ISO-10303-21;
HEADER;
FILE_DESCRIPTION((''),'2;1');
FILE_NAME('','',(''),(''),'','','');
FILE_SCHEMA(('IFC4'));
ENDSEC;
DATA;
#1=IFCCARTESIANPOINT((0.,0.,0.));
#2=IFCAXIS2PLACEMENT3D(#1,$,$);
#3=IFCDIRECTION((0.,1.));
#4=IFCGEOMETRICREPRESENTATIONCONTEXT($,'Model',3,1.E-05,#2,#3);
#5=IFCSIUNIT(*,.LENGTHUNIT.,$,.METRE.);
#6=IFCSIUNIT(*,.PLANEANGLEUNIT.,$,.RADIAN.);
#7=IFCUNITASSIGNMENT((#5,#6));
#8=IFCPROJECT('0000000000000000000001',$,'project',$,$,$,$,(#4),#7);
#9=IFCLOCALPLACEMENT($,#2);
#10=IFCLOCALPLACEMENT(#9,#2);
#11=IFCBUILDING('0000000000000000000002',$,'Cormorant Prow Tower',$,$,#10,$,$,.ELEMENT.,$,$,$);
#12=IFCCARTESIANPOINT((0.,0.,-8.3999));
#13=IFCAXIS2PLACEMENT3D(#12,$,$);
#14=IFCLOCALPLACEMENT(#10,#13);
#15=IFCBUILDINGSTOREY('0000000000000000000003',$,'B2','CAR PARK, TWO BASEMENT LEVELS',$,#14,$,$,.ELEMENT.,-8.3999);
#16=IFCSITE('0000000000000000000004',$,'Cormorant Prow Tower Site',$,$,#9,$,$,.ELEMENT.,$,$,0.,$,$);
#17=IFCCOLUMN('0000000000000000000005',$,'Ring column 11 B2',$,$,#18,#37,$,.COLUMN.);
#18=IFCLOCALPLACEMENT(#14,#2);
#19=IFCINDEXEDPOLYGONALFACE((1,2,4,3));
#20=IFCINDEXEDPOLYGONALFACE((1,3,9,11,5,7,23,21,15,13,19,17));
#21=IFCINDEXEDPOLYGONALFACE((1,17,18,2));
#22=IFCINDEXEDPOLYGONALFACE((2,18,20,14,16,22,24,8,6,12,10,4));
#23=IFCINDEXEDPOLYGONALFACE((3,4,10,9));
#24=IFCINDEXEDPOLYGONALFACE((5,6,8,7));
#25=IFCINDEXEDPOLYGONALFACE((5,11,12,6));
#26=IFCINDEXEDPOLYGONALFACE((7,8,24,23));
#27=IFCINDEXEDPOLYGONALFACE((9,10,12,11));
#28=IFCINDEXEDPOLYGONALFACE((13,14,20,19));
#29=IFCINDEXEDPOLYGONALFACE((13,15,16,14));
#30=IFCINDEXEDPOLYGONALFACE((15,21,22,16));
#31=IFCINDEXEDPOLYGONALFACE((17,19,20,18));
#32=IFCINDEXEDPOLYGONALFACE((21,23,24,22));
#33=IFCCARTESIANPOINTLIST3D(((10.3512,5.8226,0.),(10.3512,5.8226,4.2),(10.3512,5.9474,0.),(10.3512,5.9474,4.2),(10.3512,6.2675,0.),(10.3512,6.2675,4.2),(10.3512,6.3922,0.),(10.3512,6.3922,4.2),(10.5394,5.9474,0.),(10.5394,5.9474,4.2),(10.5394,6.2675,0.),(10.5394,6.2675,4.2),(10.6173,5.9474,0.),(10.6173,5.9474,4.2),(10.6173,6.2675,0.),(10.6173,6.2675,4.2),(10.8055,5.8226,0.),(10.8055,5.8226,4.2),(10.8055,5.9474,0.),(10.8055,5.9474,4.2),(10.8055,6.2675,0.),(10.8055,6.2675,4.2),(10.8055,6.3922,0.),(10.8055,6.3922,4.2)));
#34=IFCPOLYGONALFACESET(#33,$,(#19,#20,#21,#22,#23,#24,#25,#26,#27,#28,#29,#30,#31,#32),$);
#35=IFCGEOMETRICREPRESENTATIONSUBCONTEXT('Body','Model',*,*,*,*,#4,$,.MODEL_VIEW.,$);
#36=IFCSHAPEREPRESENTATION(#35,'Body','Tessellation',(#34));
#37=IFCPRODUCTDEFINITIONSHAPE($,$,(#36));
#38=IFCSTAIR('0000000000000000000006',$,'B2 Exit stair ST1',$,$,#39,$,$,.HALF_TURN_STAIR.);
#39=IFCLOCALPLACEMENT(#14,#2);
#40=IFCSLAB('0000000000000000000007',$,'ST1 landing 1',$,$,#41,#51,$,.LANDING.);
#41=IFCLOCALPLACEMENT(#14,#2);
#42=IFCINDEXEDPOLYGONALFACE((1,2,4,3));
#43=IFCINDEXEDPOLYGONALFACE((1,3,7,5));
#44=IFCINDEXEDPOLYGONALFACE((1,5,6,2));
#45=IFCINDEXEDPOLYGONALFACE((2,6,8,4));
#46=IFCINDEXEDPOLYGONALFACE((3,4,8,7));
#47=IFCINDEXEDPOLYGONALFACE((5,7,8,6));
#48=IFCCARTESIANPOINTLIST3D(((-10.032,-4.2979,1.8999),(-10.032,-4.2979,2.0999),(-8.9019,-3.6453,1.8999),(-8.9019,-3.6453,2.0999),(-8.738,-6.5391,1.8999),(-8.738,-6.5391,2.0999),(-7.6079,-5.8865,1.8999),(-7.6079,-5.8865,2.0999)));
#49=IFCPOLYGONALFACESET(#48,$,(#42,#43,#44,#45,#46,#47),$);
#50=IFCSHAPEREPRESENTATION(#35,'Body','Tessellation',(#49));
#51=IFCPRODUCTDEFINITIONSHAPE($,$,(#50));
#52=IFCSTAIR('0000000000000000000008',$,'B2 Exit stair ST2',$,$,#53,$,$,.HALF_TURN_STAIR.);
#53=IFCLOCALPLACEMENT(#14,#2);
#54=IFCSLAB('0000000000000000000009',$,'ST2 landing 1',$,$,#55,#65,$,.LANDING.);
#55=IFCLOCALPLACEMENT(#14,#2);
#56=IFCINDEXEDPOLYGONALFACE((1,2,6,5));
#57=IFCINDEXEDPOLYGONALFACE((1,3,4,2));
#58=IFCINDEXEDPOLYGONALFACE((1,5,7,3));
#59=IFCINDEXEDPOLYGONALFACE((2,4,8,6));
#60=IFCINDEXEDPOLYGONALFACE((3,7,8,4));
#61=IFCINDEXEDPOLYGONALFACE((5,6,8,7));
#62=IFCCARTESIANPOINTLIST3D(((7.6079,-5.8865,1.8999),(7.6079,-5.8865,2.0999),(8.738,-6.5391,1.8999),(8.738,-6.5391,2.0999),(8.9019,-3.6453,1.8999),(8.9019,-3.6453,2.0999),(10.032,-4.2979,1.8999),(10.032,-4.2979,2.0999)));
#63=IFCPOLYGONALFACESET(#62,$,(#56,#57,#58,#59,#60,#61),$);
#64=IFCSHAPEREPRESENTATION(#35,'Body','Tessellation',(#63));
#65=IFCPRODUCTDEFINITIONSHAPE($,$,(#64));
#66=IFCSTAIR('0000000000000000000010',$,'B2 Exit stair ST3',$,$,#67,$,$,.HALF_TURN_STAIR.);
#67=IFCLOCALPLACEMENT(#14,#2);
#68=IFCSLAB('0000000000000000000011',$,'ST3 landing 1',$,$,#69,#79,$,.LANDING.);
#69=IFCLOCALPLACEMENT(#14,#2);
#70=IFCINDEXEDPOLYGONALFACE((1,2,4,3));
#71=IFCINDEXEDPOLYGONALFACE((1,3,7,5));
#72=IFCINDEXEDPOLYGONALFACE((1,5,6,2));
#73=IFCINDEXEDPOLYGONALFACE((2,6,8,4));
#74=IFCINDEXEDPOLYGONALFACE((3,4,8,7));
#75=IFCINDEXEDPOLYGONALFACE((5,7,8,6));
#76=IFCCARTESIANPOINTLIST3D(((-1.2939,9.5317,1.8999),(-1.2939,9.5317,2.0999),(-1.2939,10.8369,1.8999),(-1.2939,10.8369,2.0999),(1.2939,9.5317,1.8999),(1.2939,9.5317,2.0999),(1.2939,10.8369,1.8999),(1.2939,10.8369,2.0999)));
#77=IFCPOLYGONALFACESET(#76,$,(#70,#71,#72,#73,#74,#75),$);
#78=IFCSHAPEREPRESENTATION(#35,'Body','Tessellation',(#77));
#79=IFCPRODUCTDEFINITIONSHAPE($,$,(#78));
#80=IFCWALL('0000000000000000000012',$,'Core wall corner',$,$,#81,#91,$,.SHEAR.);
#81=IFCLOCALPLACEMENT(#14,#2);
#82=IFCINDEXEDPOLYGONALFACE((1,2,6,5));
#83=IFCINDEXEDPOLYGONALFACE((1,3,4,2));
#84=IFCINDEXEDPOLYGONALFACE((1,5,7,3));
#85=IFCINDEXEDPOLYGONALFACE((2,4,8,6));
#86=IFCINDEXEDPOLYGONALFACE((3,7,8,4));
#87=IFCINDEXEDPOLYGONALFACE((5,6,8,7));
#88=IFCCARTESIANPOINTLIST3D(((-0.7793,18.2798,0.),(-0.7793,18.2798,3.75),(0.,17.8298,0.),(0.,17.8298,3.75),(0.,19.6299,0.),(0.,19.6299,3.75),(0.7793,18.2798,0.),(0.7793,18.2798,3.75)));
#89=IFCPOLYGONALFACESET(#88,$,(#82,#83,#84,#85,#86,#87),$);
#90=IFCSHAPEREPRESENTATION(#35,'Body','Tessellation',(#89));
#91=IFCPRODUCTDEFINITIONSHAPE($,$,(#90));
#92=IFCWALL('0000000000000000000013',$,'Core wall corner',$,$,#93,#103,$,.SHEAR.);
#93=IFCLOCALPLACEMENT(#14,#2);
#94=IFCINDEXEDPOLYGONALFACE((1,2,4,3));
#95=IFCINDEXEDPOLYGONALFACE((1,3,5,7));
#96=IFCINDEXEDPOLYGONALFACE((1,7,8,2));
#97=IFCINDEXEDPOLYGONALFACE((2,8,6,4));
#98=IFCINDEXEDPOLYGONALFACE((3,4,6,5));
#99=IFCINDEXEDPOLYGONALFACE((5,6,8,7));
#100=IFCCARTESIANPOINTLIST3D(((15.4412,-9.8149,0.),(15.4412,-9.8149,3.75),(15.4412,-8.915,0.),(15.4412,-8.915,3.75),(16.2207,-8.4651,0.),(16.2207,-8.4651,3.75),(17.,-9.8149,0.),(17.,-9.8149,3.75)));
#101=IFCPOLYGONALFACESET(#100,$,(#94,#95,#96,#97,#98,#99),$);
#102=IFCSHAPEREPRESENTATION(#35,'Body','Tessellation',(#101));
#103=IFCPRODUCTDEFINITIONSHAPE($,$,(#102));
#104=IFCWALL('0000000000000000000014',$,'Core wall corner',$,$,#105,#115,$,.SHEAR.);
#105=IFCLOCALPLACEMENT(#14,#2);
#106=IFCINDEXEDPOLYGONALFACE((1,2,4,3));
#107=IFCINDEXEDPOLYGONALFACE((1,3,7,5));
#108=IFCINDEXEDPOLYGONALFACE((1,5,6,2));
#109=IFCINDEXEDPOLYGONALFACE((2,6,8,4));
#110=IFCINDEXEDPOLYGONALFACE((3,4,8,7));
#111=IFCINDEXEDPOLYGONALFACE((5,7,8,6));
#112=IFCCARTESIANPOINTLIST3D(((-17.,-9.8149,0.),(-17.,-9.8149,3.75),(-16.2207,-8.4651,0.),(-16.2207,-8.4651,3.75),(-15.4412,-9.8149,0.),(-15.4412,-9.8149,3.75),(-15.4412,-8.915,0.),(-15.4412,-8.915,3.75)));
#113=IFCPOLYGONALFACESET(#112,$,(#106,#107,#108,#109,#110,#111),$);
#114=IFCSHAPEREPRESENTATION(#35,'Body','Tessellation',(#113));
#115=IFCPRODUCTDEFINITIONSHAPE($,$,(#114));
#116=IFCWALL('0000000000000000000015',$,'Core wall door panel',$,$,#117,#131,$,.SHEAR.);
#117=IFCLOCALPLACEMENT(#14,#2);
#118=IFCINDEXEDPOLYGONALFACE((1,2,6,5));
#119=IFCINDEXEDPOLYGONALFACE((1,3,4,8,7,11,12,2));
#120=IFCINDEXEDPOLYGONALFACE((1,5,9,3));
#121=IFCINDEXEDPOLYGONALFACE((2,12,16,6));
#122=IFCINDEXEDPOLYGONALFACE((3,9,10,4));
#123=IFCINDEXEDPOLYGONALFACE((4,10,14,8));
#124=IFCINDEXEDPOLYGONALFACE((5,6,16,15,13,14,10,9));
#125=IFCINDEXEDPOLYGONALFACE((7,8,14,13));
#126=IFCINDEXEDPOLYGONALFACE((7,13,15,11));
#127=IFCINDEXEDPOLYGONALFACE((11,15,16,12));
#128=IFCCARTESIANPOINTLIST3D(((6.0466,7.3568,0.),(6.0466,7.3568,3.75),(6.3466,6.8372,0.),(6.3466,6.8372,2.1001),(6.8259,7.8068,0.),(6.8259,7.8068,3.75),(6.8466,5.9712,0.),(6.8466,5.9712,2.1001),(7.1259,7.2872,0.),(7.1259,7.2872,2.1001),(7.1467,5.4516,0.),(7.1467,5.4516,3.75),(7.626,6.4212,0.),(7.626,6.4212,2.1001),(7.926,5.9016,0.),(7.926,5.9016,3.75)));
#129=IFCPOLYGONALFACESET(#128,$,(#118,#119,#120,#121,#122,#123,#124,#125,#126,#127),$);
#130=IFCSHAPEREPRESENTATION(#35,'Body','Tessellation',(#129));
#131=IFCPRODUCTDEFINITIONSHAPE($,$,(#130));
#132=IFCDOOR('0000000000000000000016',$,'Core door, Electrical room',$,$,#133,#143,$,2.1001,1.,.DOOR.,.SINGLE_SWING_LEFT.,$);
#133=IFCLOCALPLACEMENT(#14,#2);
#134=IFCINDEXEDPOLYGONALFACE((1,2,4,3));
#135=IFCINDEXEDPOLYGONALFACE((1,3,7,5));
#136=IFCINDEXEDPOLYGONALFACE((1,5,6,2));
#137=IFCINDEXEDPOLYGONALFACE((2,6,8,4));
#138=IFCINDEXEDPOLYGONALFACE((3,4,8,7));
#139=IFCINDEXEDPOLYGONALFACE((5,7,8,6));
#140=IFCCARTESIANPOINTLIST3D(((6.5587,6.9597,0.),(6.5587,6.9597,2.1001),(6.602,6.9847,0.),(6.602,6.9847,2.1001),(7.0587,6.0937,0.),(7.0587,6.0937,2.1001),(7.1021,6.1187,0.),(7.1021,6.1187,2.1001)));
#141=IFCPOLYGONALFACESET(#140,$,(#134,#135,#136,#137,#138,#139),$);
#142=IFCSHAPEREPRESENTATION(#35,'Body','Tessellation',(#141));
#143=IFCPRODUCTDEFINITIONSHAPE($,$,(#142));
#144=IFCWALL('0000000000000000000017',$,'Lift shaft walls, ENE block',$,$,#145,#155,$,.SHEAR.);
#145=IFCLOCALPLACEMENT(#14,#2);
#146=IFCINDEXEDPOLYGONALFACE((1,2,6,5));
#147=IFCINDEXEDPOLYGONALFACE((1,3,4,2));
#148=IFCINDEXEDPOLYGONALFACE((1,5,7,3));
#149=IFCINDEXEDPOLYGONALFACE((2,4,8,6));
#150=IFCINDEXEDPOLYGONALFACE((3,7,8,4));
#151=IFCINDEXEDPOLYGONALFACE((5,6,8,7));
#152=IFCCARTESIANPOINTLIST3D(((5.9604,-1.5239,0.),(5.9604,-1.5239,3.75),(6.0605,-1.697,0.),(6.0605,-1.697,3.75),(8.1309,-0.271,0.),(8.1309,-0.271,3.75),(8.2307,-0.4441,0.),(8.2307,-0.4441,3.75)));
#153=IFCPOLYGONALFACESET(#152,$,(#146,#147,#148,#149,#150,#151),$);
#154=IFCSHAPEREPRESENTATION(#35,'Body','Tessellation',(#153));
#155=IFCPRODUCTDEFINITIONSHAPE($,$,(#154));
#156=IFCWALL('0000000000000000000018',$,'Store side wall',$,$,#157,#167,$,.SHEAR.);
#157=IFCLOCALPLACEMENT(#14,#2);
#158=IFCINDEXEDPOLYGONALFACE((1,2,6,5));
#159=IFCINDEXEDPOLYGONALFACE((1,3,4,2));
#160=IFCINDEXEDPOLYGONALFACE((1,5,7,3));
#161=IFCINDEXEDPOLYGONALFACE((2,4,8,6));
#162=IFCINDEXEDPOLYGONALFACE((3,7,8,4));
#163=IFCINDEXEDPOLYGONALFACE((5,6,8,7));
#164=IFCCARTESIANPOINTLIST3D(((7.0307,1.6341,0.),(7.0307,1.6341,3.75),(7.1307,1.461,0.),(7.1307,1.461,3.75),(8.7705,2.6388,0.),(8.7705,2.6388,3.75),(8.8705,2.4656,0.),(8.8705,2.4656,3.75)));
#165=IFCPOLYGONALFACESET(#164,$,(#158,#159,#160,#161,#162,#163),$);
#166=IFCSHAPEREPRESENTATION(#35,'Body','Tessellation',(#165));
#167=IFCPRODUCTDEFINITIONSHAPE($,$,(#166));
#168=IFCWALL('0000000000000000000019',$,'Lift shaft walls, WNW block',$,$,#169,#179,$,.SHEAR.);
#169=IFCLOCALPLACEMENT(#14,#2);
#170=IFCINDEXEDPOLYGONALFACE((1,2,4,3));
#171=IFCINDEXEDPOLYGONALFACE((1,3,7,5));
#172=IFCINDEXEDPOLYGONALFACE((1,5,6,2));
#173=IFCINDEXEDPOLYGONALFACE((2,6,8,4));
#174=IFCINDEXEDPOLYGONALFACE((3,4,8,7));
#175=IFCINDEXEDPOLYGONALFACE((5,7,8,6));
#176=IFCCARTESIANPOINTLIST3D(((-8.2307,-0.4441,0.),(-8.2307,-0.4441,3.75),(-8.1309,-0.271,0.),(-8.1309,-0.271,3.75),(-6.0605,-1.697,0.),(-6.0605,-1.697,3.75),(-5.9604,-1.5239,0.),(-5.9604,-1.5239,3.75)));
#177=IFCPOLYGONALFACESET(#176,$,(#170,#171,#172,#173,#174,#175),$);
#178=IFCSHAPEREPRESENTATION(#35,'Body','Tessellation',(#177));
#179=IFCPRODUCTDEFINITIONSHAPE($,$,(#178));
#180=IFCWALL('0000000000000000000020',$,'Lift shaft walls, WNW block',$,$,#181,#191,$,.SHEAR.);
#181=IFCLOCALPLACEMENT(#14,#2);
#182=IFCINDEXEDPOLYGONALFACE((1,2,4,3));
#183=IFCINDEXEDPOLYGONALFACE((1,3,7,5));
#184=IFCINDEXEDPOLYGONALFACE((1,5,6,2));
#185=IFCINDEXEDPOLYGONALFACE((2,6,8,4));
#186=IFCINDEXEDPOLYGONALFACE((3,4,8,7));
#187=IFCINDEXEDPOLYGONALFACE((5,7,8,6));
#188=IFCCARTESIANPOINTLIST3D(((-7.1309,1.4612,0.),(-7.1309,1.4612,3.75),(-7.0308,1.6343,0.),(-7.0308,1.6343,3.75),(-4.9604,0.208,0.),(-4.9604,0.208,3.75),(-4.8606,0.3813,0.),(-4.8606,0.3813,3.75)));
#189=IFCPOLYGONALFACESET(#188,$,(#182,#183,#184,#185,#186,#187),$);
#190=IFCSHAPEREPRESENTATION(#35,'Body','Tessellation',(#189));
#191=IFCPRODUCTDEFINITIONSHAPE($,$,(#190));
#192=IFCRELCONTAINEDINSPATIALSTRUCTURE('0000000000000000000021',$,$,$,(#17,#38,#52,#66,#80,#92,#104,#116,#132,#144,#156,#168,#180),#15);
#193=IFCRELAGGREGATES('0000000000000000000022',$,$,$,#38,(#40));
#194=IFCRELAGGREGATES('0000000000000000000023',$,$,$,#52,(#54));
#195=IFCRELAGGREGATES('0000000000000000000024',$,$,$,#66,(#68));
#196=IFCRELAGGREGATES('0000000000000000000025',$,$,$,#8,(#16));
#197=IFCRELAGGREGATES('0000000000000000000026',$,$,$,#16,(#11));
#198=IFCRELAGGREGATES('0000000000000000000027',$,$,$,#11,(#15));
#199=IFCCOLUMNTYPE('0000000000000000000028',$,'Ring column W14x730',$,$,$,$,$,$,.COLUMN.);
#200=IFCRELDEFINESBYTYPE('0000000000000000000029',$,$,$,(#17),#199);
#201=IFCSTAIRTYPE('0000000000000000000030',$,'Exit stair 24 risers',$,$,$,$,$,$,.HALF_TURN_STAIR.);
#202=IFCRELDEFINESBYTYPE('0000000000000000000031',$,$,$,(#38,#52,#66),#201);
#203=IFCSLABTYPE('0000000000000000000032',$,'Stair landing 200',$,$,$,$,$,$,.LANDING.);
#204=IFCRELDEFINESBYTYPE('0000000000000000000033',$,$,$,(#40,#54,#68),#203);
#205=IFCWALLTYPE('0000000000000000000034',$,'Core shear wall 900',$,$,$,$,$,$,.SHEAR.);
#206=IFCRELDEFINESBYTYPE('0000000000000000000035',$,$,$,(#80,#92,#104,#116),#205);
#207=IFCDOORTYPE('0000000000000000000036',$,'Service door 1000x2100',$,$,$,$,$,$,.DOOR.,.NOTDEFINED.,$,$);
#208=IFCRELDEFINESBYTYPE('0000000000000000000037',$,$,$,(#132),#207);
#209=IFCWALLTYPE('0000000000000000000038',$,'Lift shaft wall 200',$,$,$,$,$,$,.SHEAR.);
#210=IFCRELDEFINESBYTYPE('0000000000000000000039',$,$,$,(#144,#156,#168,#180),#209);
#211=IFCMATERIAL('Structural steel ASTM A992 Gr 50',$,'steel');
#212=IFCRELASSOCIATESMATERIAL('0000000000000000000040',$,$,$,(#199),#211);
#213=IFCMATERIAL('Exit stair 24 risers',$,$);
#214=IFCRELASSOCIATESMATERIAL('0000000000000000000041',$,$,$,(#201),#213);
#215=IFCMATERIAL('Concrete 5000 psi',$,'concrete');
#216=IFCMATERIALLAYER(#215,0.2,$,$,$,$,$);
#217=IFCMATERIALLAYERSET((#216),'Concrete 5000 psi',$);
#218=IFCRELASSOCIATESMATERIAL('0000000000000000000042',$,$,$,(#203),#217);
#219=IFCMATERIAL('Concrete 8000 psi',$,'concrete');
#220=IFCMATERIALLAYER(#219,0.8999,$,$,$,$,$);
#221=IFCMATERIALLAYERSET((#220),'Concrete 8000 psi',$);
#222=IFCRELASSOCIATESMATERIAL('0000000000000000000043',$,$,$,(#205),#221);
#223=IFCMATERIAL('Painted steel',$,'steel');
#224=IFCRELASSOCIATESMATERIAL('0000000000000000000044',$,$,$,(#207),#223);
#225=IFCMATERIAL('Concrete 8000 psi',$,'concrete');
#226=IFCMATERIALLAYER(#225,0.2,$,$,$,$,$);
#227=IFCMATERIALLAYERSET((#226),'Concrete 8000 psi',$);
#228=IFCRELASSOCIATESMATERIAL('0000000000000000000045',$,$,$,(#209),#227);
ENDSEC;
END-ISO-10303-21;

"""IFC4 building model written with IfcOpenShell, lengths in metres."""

from ifc_helpers import new_model, si_unit, direction, frame, frame_2d, origin, origin_2d, place, context, subcontext, project, spatial, polyline, rectangle, i_section, outline, extrude, material, layer, layer_set, material_profile, profile_set, type_object, element, fill, aggregate, save


model = new_model("IFC4")

# Units and contexts
model_context = context("Model", 3, precision=1e-05, world=origin(), true_north=direction((0.0, 1.0)))
body_context = subcontext(model_context, "Body", "Model", "MODEL_VIEW")
ifc_project = project(units=[si_unit("LENGTHUNIT", "METRE"), si_unit("PLANEANGLEUNIT", "RADIAN")], contexts=[model_context])

# Site, building, storey
site_placement = place(None, origin())
site = spatial("IfcSite", under=ifc_project, at=site_placement, Name="Cormorant Prow Tower Site", CompositionType="ELEMENT", RefElevation=0.0)
building_placement = place(site_placement, origin())
building = spatial("IfcBuilding", under=site, at=building_placement, Name="Cormorant Prow Tower", CompositionType="ELEMENT")
storey_placement = place(building_placement, frame((0.0, 0.0, -8.3999)))
storey = spatial("IfcBuildingStorey", under=building, at=storey_placement, Name="B2", Description="CAR PARK, TWO BASEMENT LEVELS", CompositionType="ELEMENT", Elevation=-8.3999)

# Column
ifc_material_1 = material(Name="Structural steel ASTM A992 Gr 50", Category="steel")
ifc_material_profile_1 = material_profile(ifc_material_1, i_section(OverallWidth=0.4543, OverallDepth=0.5696, WebThickness=0.0779, FlangeThickness=0.1248, at=origin_2d()), Name="W14x730")
ifc_profile_set_1 = profile_set([ifc_material_profile_1], Name="Structural steel ASTM A992 Gr 50")
column_type_1 = type_object("IfcColumnType", Name="Ring column W14x730", PredefinedType="COLUMN", material=ifc_profile_set_1)
column_1_placement = place(storey_placement, frame((10.5784, 6.1074, 0.0), z_axis=(0.0, 0.0, 1.0), x_axis=(1.0, 0.0, 0.0)))
element("IfcColumn", 1, at=column_1_placement, inside=storey, type_object=column_type_1, Name="Ring column 11 B2", PredefinedType="COLUMN", context=body_context, shape_type="SweptSolid", body=[
    extrude(i_section(OverallWidth=0.4543, OverallDepth=0.5696, WebThickness=0.0779, FlangeThickness=0.1248, at=origin_2d()), origin(), (0.0, 0.0, 1.0), 4.2),
])

# Stairs, slabs
ifc_material_2 = material(Name="Exit stair 24 risers")
stair_type = type_object("IfcStairType", Name="Exit stair 24 risers", PredefinedType="HALF_TURN_STAIR", material=ifc_material_2)
stair_1_placement = place(storey_placement, origin())
stair_1 = element("IfcStair", 2, at=stair_1_placement, inside=storey, type_object=stair_type, Name="B2 Exit stair ST1", PredefinedType="HALF_TURN_STAIR")
ifc_material_3 = material(Name="Concrete 5000 psi", Category="concrete")
ifc_layer_1 = layer(ifc_material_3, 0.2)
ifc_layer_set_1 = layer_set([ifc_layer_1], Name="Concrete 5000 psi")
slab_type = type_object("IfcSlabType", Name="Stair landing 200", PredefinedType="LANDING", material=ifc_layer_set_1)
slab_1_placement = place(storey_placement, frame((0.0, 0.0, 1.8999)))
slab_1 = element("IfcSlab", 3, at=slab_1_placement, type_object=slab_type, Name="ST1 landing 1", PredefinedType="LANDING", context=body_context, shape_type="SweptSolid", body=[
    extrude(outline(polyline([(-8.9019, -3.6453), (-10.032, -4.2979), (-8.738, -6.5391), (-7.6079, -5.8865), (-8.9019, -3.6453)])), origin(), (0.0, 0.0, 1.0), 0.2),
])
aggregate(stair_1, [slab_1])
stair_2_placement = place(storey_placement, origin())
stair_2 = element("IfcStair", 4, at=stair_2_placement, inside=storey, type_object=stair_type, Name="B2 Exit stair ST2", PredefinedType="HALF_TURN_STAIR")
slab_2_placement = place(storey_placement, frame((0.0, 0.0, 1.8999)))
slab_2 = element("IfcSlab", 5, at=slab_2_placement, type_object=slab_type, Name="ST2 landing 1", PredefinedType="LANDING", context=body_context, shape_type="SweptSolid", body=[
    extrude(outline(polyline([(7.6079, -5.8865), (8.738, -6.5391), (10.032, -4.2979), (8.9019, -3.6453), (7.6079, -5.8865)])), origin(), (0.0, 0.0, 1.0), 0.2),
])
aggregate(stair_2, [slab_2])
stair_3_placement = place(storey_placement, origin())
stair_3 = element("IfcStair", 6, at=stair_3_placement, inside=storey, type_object=stair_type, Name="B2 Exit stair ST3", PredefinedType="HALF_TURN_STAIR")
slab_3_placement = place(storey_placement, frame((0.0, 0.0, 1.8999)))
slab_3 = element("IfcSlab", 7, at=slab_3_placement, type_object=slab_type, Name="ST3 landing 1", PredefinedType="LANDING", context=body_context, shape_type="SweptSolid", body=[
    extrude(outline(polyline([(1.2939, 9.5317), (1.2939, 10.8369), (-1.2939, 10.8369), (-1.2939, 9.5317), (1.2939, 9.5317)])), origin(), (0.0, 0.0, 1.0), 0.2),
])
aggregate(stair_3, [slab_3])

# Walls
ifc_material_4 = material(Name="Concrete 8000 psi", Category="concrete")
ifc_layer_2 = layer(ifc_material_4, 0.8999)
ifc_layer_set_2 = layer_set([ifc_layer_2], Name="Concrete 8000 psi")
wall_type_1 = type_object("IfcWallType", Name="Core shear wall 900", PredefinedType="SHEAR", material=ifc_layer_set_2)
wall_1_placement = place(storey_placement, origin())
element("IfcWall", 8, at=wall_1_placement, inside=storey, type_object=wall_type_1, Name="Core wall corner", PredefinedType="SHEAR", context=body_context, shape_type="SweptSolid", body=[
    extrude(outline(polyline([(-0.7793, 18.2798), (0.0, 19.6299), (0.7793, 18.2798), (0.0, 17.8298), (-0.7793, 18.2798)])), origin(), (0.0, 0.0, 1.0), 3.75),
])
wall_2_placement = place(storey_placement, origin())
element("IfcWall", 9, at=wall_2_placement, inside=storey, type_object=wall_type_1, Name="Core wall corner", PredefinedType="SHEAR", context=body_context, shape_type="SweptSolid", body=[
    extrude(outline(polyline([(15.4412, -9.8149), (15.4412, -8.915), (16.2207, -8.4651), (17.0, -9.8149), (15.4412, -9.8149)])), origin(), (0.0, 0.0, 1.0), 3.75),
])
wall_3_placement = place(storey_placement, origin())
element("IfcWall", 10, at=wall_3_placement, inside=storey, type_object=wall_type_1, Name="Core wall corner", PredefinedType="SHEAR", context=body_context, shape_type="SweptSolid", body=[
    extrude(outline(polyline([(-16.2207, -8.4651), (-15.4412, -8.915), (-15.4412, -9.8149), (-17.0, -9.8149), (-16.2207, -8.4651)])), origin(), (0.0, 0.0, 1.0), 3.75),
])

# Wall, opening, door
wall_4_placement = place(storey_placement, frame((7.5364, 5.6765, 0.0), z_axis=(0.0, 0.0, 1.0), x_axis=(-0.50003, 0.866008, 0.0)))
wall_4 = element("IfcWall", 11, at=wall_4_placement, inside=storey, type_object=wall_type_1, Name="Core wall door panel", PredefinedType="SHEAR", context=body_context, shape_type="SweptSolid", body=[
    extrude(rectangle(XDim=2.2, YDim=0.8999, at=frame_2d((1.1001, 0.0))), origin(), (0.0, 0.0, 1.0), 3.75),
])
opening_1_placement = place(wall_4_placement, frame((0.6001, 0.0, 0.0)))
opening_1 = element("IfcOpeningElement", 12, at=opening_1_placement, cuts=wall_4, PredefinedType="OPENING", context=body_context, shape_type="SweptSolid", body=[
    extrude(rectangle(XDim=1.0, YDim=2.1001, at=frame_2d((0.5, 1.05))), frame((0.0, 0.46, 0.0), z_axis=(0.0, -1.0, 0.0), x_axis=(1.0, 0.0, 0.0)), (0.0, 0.0, 1.0), 0.9199),
])
ifc_material_5 = material(Name="Painted steel", Category="steel")
door_type_1 = type_object("IfcDoorType", Name="Service door 1000x2100", OperationType="NOTDEFINED", PredefinedType="DOOR", material=ifc_material_5)
door_1_placement = place(opening_1_placement, origin())
door_1 = element("IfcDoor", 13, at=door_1_placement, inside=storey, type_object=door_type_1, Name="Core door, Electrical room", OperationType="SINGLE_SWING_LEFT", OverallHeight=2.1001, OverallWidth=1.0, PredefinedType="DOOR", context=body_context, shape_type="SweptSolid", body=[
    extrude(rectangle(XDim=1.0, YDim=2.1001, at=frame_2d((0.5, 1.05))), frame((0.0, 0.2051, 0.0), z_axis=(0.0, -1.0, 0.0), x_axis=(1.0, 0.0, 0.0)), (0.0, 0.0, 1.0), 0.05),
])
fill(opening_1, door_1)

# Walls
ifc_material_6 = material(Name="Concrete 8000 psi", Category="concrete")
ifc_layer_3 = layer(ifc_material_6, 0.2)
ifc_layer_set_3 = layer_set([ifc_layer_3], Name="Concrete 8000 psi")
wall_type_2 = type_object("IfcWallType", Name="Lift shaft wall 200", PredefinedType="SHEAR", material=ifc_layer_set_3)
wall_5_placement = place(storey_placement, origin())
element("IfcWall", 14, at=wall_5_placement, inside=storey, type_object=wall_type_2, Name="Lift shaft walls, ENE block", PredefinedType="SHEAR", context=body_context, shape_type="SweptSolid", body=[
    extrude(outline(polyline([(8.2307, -0.4441), (6.0605, -1.697), (5.9604, -1.5239), (8.1309, -0.271), (8.2307, -0.4441)])), origin(), (0.0, 0.0, 1.0), 3.75),
])
wall_6_placement = place(storey_placement, frame((7.0808, 1.5476, 0.0), z_axis=(0.0, 0.0, 1.0), x_axis=(0.865983, 0.500073, 0.0)))
element("IfcWall", 15, at=wall_6_placement, inside=storey, type_object=wall_type_2, Name="Store side wall", PredefinedType="SHEAR", context=body_context, shape_type="SweptSolid", body=[
    extrude(rectangle(XDim=2.009, YDim=0.2, at=frame_2d((1.0044, 0.0))), origin(), (0.0, 0.0, 1.0), 3.75),
])
wall_7_placement = place(storey_placement, origin())
element("IfcWall", 16, at=wall_7_placement, inside=storey, type_object=wall_type_2, Name="Lift shaft walls, WNW block", PredefinedType="SHEAR", context=body_context, shape_type="SweptSolid", body=[
    extrude(outline(polyline([(-6.0605, -1.697), (-8.2307, -0.4441), (-8.1309, -0.271), (-5.9604, -1.5239), (-6.0605, -1.697)])), origin(), (0.0, 0.0, 1.0), 3.75),
])
wall_8_placement = place(storey_placement, origin())
element("IfcWall", 17, at=wall_8_placement, inside=storey, type_object=wall_type_2, Name="Lift shaft walls, WNW block", PredefinedType="SHEAR", context=body_context, shape_type="SweptSolid", body=[
    extrude(outline(polyline([(-4.9604, 0.208), (-7.1309, 1.4612), (-7.0308, 1.6343), (-4.8606, 0.3813), (-4.9604, 0.208)])), origin(), (0.0, 0.0, 1.0), 3.75),
])

save(model, "model.ifc")
